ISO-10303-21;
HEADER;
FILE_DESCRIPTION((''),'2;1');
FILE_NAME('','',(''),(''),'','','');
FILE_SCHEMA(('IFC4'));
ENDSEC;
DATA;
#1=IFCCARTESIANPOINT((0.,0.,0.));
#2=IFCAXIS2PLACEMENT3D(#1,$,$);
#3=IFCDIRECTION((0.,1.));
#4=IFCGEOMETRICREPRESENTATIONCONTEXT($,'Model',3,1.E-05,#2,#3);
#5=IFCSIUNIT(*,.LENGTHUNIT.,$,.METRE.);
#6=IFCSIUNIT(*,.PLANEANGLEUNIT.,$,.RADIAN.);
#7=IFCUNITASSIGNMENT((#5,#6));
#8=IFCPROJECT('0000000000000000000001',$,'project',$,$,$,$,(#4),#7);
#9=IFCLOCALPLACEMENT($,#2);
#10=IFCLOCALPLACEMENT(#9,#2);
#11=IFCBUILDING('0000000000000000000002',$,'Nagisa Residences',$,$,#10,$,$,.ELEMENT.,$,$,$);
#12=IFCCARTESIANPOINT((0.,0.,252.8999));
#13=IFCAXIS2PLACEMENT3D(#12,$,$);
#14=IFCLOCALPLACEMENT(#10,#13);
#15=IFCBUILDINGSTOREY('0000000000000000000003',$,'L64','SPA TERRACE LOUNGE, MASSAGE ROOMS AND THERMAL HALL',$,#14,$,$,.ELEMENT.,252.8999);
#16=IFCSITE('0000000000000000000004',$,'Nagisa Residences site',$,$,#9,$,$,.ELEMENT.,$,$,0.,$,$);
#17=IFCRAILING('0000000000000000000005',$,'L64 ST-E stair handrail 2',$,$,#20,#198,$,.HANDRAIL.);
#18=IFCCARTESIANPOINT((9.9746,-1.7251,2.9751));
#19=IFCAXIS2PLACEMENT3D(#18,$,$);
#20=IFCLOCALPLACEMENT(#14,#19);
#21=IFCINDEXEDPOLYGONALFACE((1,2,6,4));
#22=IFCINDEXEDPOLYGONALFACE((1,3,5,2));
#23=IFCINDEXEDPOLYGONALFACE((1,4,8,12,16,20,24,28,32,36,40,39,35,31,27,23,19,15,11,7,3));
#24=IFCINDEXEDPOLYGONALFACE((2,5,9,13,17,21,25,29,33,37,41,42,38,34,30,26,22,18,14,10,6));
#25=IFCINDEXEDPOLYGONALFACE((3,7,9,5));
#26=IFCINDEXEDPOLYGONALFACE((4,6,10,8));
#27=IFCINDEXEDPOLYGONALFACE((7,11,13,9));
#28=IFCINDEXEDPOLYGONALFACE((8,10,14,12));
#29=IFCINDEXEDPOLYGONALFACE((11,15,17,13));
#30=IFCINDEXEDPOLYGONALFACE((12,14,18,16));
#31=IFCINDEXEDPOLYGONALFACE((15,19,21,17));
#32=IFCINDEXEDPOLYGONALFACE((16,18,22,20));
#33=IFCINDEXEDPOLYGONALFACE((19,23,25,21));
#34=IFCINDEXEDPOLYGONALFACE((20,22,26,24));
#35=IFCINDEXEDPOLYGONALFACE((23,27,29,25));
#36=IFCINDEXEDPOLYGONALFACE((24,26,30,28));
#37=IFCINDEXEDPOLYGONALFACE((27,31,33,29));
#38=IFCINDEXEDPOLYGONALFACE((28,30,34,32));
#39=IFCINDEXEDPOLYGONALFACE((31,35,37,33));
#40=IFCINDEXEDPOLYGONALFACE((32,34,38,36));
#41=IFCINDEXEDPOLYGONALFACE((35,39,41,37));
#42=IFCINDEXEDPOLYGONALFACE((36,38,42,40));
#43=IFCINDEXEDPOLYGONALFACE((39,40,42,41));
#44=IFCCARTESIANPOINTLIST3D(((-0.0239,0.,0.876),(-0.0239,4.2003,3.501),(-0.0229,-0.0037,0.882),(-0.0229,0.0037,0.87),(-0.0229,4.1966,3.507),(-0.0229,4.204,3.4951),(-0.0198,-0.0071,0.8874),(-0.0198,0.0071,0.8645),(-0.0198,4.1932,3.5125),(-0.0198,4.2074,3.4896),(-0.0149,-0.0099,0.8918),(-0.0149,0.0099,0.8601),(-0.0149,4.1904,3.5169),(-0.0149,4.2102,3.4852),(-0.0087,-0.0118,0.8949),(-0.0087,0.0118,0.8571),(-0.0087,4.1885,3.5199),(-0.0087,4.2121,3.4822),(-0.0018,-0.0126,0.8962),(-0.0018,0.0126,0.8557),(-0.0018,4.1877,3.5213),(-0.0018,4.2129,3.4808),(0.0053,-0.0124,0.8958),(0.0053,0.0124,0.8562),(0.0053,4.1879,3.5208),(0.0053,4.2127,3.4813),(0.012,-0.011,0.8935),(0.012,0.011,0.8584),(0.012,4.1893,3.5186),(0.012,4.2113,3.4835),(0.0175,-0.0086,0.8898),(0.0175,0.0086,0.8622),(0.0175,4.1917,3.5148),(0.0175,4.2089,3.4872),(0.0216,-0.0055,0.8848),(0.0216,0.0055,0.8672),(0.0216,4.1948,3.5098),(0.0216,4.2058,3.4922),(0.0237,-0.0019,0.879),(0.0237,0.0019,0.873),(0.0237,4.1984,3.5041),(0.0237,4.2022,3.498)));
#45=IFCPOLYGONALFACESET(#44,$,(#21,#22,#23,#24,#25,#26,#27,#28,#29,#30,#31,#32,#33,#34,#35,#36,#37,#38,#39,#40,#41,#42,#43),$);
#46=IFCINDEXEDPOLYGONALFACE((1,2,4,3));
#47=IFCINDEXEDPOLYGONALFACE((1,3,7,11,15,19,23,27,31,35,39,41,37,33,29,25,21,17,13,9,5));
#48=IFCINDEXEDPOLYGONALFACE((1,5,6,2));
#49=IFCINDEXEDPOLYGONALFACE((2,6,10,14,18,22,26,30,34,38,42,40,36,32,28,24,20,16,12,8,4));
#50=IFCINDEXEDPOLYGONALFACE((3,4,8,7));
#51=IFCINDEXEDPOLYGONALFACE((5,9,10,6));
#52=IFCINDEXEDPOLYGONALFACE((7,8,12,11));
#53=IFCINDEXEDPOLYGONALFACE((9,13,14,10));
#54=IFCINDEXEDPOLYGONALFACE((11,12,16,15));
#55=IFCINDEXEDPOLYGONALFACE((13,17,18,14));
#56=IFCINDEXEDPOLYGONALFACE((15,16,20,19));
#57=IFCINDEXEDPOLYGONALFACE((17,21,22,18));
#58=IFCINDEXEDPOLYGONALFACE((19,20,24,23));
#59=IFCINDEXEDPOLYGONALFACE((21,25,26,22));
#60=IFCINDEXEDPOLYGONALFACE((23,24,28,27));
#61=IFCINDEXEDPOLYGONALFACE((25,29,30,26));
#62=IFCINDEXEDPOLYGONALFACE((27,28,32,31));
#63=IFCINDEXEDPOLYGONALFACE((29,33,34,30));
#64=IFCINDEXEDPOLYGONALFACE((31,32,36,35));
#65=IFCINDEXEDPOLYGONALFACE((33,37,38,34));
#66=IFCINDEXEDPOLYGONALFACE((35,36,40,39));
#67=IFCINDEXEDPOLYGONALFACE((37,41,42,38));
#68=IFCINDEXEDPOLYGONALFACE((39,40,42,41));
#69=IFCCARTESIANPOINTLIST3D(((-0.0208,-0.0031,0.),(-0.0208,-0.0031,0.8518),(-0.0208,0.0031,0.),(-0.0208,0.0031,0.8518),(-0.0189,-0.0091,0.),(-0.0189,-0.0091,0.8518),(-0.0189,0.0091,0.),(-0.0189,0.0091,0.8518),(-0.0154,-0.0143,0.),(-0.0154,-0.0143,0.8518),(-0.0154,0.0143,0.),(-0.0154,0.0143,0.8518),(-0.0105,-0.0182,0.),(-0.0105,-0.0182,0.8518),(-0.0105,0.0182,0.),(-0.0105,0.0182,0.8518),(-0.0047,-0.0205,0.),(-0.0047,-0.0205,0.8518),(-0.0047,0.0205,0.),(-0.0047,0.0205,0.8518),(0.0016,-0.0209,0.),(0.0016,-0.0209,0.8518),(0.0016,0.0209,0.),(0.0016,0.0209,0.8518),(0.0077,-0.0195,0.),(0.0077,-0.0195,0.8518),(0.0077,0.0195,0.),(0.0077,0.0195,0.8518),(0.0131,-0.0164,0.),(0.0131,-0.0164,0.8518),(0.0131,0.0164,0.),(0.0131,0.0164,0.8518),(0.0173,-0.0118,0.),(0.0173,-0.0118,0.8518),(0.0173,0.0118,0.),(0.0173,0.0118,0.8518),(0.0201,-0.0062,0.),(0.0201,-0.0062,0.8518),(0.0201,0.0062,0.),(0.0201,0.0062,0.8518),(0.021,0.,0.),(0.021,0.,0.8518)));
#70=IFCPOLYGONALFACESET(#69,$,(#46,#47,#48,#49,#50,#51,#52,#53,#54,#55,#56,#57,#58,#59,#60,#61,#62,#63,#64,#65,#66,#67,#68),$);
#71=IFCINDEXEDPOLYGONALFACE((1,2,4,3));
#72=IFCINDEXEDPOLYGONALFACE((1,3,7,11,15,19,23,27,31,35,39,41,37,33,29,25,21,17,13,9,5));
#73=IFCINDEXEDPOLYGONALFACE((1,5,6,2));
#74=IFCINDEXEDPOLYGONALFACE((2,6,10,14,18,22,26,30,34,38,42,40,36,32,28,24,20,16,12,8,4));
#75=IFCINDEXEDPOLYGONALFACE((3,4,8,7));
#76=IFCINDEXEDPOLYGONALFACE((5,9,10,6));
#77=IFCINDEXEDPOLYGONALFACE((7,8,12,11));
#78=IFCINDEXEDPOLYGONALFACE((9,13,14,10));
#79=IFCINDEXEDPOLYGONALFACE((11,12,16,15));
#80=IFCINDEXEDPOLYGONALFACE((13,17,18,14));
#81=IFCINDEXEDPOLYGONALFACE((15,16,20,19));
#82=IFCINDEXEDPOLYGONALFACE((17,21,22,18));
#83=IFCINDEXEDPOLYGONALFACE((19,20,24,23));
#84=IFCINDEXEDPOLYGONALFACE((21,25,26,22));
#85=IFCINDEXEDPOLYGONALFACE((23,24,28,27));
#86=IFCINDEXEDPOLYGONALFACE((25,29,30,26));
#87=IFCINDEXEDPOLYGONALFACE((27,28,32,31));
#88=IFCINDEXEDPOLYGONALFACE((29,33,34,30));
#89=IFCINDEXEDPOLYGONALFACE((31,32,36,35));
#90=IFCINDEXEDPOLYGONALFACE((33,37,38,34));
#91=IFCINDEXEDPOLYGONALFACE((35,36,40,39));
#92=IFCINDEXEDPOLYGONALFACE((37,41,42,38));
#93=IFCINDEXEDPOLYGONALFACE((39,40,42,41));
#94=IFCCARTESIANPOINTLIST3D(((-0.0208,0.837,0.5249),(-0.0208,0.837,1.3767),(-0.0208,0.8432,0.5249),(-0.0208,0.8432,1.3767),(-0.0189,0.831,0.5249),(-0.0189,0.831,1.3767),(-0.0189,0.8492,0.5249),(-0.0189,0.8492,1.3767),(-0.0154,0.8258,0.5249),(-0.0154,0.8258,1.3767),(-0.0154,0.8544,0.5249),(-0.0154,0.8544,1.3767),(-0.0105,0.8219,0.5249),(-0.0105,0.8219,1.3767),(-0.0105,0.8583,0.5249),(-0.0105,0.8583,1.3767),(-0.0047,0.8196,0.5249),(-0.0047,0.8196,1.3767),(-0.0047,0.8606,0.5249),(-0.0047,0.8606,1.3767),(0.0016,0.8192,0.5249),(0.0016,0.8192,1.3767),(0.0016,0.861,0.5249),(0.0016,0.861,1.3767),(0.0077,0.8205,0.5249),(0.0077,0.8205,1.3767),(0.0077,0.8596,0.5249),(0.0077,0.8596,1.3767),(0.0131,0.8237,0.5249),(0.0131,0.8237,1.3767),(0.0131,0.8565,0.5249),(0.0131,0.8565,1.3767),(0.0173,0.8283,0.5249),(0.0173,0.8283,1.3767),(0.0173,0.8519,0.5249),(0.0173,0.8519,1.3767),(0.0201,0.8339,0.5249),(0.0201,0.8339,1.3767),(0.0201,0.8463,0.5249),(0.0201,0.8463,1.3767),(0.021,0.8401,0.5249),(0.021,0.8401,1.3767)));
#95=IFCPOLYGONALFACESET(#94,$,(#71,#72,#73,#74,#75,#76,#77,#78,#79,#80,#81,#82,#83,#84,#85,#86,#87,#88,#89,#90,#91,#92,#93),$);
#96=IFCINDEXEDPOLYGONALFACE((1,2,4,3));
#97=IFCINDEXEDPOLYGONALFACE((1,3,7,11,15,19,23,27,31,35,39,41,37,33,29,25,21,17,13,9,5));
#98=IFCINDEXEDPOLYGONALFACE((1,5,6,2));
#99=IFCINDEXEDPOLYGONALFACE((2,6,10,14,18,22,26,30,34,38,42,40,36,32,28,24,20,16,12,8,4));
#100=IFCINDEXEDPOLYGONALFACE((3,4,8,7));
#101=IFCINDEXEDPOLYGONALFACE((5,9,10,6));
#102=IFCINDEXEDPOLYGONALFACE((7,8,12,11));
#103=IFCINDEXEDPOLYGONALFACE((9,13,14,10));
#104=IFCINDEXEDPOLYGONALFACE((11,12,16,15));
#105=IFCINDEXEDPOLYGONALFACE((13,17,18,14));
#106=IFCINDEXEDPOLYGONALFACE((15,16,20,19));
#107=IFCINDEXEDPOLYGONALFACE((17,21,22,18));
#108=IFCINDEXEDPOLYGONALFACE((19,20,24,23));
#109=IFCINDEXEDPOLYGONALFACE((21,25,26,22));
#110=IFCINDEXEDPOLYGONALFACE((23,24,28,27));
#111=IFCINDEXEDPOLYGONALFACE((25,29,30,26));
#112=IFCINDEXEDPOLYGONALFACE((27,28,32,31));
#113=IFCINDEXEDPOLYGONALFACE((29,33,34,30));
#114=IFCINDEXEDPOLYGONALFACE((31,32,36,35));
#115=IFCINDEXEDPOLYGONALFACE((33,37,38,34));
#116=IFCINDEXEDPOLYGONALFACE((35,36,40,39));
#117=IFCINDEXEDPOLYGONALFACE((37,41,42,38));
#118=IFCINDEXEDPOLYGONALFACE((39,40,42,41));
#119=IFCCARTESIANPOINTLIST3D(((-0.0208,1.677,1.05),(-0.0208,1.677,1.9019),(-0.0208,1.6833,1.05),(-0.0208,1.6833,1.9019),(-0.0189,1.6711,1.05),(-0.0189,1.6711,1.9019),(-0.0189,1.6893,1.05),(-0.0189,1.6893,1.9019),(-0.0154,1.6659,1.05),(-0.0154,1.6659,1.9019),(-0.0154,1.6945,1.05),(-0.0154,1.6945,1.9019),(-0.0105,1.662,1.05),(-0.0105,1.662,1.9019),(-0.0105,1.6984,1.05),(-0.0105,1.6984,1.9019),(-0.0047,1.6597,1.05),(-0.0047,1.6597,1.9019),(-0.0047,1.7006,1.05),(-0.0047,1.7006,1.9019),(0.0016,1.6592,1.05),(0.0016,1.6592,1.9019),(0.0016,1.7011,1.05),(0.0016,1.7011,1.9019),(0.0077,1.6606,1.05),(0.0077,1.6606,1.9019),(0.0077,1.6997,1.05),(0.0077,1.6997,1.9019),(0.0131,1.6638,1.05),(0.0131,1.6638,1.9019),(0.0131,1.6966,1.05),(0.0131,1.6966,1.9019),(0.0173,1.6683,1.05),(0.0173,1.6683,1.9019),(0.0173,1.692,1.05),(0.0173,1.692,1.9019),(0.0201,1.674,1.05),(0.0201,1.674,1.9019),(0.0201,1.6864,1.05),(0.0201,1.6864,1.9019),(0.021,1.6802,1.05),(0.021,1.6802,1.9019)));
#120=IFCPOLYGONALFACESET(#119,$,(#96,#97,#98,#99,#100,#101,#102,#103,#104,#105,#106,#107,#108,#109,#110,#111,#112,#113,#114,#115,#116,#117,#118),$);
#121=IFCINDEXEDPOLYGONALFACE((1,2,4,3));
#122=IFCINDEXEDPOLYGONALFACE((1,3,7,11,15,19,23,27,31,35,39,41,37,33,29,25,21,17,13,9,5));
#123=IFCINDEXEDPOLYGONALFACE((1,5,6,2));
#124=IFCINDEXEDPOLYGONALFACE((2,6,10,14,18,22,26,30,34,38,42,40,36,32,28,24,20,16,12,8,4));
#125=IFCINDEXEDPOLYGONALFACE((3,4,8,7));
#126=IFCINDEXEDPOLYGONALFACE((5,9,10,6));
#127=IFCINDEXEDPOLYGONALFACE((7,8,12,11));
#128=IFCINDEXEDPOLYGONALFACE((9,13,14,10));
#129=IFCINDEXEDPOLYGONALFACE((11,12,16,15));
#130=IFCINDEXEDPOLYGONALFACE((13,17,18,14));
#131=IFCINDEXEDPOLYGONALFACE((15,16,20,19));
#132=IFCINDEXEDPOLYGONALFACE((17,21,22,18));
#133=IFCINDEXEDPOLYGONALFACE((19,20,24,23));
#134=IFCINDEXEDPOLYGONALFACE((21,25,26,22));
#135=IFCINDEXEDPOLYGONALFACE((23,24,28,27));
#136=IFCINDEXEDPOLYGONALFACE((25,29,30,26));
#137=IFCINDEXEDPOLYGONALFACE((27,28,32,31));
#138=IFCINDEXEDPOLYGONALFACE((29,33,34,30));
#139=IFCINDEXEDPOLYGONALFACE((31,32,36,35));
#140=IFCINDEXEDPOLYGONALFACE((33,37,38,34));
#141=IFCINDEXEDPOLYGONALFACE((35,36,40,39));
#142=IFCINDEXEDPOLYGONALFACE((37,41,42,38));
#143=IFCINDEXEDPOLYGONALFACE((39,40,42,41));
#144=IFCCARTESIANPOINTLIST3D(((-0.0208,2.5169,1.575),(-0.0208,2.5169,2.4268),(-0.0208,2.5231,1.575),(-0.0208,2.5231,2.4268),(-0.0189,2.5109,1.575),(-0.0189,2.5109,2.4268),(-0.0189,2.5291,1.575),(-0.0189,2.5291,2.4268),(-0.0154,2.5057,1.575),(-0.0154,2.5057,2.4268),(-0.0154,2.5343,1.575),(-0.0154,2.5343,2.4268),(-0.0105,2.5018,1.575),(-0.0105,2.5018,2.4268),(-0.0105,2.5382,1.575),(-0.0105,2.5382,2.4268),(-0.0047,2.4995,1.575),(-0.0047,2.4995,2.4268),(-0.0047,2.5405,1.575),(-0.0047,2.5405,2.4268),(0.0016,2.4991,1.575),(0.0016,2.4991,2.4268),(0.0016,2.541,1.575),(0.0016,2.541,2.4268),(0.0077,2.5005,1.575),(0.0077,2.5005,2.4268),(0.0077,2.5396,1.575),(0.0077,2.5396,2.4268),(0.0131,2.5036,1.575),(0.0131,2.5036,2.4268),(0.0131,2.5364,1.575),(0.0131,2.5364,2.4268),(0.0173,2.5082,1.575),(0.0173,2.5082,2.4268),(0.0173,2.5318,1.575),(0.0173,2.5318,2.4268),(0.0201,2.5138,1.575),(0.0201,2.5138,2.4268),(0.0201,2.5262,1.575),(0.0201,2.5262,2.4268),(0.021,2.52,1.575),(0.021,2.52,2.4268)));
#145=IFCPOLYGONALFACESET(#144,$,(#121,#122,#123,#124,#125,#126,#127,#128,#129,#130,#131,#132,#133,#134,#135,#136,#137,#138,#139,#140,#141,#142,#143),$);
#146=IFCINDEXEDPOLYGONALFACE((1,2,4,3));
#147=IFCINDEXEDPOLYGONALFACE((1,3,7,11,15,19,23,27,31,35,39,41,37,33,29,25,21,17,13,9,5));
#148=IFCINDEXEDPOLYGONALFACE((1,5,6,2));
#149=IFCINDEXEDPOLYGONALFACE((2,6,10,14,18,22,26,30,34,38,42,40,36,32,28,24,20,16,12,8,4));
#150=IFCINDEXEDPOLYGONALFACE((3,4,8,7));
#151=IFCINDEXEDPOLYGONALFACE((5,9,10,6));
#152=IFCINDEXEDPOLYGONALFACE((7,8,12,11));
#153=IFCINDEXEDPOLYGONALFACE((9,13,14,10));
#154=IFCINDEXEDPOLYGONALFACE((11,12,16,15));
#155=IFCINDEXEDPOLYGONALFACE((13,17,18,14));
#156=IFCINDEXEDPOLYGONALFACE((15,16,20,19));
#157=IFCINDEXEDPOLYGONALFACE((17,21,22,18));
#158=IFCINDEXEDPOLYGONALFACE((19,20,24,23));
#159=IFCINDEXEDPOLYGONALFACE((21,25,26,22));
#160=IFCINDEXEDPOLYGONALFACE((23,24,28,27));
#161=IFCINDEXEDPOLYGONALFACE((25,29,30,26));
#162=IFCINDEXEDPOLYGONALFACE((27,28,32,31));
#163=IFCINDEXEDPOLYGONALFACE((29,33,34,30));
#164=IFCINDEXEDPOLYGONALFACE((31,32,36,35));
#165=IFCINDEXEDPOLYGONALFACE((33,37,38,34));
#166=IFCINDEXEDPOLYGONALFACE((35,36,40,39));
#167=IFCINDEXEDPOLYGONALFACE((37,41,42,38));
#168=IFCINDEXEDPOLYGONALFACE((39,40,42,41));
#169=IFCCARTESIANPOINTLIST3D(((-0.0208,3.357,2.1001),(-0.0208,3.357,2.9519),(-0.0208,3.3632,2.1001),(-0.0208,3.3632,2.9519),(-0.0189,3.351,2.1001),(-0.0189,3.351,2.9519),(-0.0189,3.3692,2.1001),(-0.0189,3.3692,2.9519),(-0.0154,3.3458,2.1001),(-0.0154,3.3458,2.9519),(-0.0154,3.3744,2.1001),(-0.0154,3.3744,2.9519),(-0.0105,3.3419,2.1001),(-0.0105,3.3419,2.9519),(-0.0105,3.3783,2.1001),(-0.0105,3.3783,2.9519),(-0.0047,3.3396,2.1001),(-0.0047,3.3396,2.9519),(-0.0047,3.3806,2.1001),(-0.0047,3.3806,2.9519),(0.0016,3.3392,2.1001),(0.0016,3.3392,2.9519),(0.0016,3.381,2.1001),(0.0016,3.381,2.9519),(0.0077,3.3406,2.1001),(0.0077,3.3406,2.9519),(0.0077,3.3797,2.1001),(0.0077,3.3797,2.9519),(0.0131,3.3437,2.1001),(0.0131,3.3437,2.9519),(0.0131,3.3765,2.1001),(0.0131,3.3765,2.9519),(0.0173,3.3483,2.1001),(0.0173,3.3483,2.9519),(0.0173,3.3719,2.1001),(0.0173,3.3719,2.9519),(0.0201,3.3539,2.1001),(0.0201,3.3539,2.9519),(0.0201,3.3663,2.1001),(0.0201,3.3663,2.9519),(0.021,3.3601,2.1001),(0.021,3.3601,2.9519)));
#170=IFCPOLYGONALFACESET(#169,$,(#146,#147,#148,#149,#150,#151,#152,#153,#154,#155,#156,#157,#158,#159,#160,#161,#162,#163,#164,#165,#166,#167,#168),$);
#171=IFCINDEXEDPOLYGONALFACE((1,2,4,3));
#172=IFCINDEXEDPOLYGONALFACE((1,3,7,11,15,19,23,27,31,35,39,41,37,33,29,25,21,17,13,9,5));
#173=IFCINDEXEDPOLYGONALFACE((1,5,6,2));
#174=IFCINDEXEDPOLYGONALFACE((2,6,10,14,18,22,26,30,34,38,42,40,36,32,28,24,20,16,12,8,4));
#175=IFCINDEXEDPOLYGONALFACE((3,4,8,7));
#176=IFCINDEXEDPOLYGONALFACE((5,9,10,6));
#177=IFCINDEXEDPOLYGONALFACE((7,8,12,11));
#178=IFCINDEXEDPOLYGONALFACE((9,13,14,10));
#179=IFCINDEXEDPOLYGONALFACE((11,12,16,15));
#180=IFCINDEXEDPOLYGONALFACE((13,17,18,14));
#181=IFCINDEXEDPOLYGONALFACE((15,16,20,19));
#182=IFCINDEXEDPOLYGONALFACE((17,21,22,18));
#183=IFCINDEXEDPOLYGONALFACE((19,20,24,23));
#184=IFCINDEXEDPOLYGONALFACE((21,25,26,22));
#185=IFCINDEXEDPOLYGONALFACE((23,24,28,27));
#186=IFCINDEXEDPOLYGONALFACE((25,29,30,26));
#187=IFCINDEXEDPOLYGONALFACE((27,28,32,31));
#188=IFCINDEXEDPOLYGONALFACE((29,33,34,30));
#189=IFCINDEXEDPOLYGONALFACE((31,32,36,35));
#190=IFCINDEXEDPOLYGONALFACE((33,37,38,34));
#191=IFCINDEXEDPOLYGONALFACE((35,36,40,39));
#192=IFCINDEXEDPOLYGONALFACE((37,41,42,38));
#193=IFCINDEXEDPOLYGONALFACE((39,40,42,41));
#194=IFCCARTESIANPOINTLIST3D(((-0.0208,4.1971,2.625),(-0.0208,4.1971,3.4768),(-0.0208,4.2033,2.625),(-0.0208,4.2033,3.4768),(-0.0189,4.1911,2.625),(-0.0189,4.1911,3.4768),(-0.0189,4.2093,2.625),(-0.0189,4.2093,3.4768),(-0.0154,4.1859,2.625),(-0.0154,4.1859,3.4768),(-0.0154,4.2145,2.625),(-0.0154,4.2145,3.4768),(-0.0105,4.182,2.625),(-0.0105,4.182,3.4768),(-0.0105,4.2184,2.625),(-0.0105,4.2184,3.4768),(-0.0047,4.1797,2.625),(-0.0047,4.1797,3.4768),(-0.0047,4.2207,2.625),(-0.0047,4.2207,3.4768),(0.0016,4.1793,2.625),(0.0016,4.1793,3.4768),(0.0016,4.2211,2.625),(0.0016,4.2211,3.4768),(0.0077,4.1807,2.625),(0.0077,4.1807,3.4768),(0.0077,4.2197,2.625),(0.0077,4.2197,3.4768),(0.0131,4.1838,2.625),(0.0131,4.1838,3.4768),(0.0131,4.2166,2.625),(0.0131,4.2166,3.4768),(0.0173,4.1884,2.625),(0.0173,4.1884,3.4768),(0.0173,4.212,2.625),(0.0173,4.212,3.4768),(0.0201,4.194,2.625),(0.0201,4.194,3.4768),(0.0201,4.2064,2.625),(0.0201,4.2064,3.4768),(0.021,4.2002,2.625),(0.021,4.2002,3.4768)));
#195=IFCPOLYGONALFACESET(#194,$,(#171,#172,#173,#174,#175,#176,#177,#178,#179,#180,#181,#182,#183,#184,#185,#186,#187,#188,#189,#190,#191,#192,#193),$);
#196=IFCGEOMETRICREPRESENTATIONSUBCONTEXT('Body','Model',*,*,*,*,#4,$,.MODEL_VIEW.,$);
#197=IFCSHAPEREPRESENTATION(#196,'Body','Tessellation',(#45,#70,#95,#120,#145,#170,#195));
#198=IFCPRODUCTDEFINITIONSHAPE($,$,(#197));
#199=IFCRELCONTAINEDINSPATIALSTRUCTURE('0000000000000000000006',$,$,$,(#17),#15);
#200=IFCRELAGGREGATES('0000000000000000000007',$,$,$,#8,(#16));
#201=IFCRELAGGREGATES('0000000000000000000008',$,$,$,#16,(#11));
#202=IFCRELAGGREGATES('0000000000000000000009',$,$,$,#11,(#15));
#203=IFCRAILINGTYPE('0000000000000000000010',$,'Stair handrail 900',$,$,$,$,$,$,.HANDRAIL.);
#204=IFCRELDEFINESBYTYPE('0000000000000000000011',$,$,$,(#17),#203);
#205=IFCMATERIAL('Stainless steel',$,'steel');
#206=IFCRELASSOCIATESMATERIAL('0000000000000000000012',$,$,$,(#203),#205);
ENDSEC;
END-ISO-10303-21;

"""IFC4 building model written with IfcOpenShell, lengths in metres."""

from ifc_helpers import new_model, si_unit, direction, frame, origin, origin_2d, place, context, subcontext, project, spatial, circle, extrude, material, type_object, element, save


model = new_model("IFC4")

# Units and contexts
model_context = context("Model", 3, precision=1e-05, world=origin(), true_north=direction((0.0, 1.0)))
body_context = subcontext(model_context, "Body", "Model", "MODEL_VIEW")
ifc_project = project(units=[si_unit("LENGTHUNIT", "METRE"), si_unit("PLANEANGLEUNIT", "RADIAN")], contexts=[model_context])

# Site, building, storey
site_placement = place(None, origin())
site = spatial("IfcSite", under=ifc_project, at=site_placement, Name="Nagisa Residences site", CompositionType="ELEMENT", RefElevation=0.0)
building_placement = place(site_placement, origin())
building = spatial("IfcBuilding", under=site, at=building_placement, Name="Nagisa Residences", CompositionType="ELEMENT")
storey_placement = place(building_placement, frame((0.0, 0.0, 252.8999)))
storey = spatial("IfcBuildingStorey", under=building, at=storey_placement, Name="L64", Description="SPA TERRACE LOUNGE, MASSAGE ROOMS AND THERMAL HALL", CompositionType="ELEMENT", Elevation=252.8999)

# Railing
ifc_material_1 = material(Name="Stainless steel", Category="steel")
railing_type = type_object("IfcRailingType", Name="Stair handrail 900", PredefinedType="HANDRAIL", material=ifc_material_1)
railing_1_placement = place(storey_placement, frame((9.9746, -1.7251, 2.9751)))
element("IfcRailing", 1, at=railing_1_placement, inside=storey, type_object=railing_type, Name="L64 ST-E stair handrail 2", PredefinedType="HANDRAIL", context=body_context, shape_type="SweptSolid", body=[
    extrude(circle(Radius=0.0239, at=origin_2d()), frame((0.0, 0.0, 0.876), z_axis=(0.0, 0.848009, 0.529981), x_axis=(-1.0, 0.0, 0.0)), (0.0, 0.0, 1.0), 4.9531),
    extrude(circle(Radius=0.021, at=origin_2d()), origin(), (0.0, 0.0, 1.0), 0.8518),
    extrude(circle(Radius=0.021, at=origin_2d()), frame((0.0, 0.8401, 0.5249)), (0.0, 0.0, 1.0), 0.8518),
    extrude(circle(Radius=0.021, at=origin_2d()), frame((0.0, 1.6802, 1.05)), (0.0, 0.0, 1.0), 0.8518),
    extrude(circle(Radius=0.021, at=origin_2d()), frame((0.0, 2.52, 1.575)), (0.0, 0.0, 1.0), 0.8518),
    extrude(circle(Radius=0.021, at=origin_2d()), frame((0.0, 3.3601, 2.1001)), (0.0, 0.0, 1.0), 0.8518),
    extrude(circle(Radius=0.021, at=origin_2d()), frame((0.0, 4.2002, 2.625)), (0.0, 0.0, 1.0), 0.8518),
])

save(model, "model.ifc")
